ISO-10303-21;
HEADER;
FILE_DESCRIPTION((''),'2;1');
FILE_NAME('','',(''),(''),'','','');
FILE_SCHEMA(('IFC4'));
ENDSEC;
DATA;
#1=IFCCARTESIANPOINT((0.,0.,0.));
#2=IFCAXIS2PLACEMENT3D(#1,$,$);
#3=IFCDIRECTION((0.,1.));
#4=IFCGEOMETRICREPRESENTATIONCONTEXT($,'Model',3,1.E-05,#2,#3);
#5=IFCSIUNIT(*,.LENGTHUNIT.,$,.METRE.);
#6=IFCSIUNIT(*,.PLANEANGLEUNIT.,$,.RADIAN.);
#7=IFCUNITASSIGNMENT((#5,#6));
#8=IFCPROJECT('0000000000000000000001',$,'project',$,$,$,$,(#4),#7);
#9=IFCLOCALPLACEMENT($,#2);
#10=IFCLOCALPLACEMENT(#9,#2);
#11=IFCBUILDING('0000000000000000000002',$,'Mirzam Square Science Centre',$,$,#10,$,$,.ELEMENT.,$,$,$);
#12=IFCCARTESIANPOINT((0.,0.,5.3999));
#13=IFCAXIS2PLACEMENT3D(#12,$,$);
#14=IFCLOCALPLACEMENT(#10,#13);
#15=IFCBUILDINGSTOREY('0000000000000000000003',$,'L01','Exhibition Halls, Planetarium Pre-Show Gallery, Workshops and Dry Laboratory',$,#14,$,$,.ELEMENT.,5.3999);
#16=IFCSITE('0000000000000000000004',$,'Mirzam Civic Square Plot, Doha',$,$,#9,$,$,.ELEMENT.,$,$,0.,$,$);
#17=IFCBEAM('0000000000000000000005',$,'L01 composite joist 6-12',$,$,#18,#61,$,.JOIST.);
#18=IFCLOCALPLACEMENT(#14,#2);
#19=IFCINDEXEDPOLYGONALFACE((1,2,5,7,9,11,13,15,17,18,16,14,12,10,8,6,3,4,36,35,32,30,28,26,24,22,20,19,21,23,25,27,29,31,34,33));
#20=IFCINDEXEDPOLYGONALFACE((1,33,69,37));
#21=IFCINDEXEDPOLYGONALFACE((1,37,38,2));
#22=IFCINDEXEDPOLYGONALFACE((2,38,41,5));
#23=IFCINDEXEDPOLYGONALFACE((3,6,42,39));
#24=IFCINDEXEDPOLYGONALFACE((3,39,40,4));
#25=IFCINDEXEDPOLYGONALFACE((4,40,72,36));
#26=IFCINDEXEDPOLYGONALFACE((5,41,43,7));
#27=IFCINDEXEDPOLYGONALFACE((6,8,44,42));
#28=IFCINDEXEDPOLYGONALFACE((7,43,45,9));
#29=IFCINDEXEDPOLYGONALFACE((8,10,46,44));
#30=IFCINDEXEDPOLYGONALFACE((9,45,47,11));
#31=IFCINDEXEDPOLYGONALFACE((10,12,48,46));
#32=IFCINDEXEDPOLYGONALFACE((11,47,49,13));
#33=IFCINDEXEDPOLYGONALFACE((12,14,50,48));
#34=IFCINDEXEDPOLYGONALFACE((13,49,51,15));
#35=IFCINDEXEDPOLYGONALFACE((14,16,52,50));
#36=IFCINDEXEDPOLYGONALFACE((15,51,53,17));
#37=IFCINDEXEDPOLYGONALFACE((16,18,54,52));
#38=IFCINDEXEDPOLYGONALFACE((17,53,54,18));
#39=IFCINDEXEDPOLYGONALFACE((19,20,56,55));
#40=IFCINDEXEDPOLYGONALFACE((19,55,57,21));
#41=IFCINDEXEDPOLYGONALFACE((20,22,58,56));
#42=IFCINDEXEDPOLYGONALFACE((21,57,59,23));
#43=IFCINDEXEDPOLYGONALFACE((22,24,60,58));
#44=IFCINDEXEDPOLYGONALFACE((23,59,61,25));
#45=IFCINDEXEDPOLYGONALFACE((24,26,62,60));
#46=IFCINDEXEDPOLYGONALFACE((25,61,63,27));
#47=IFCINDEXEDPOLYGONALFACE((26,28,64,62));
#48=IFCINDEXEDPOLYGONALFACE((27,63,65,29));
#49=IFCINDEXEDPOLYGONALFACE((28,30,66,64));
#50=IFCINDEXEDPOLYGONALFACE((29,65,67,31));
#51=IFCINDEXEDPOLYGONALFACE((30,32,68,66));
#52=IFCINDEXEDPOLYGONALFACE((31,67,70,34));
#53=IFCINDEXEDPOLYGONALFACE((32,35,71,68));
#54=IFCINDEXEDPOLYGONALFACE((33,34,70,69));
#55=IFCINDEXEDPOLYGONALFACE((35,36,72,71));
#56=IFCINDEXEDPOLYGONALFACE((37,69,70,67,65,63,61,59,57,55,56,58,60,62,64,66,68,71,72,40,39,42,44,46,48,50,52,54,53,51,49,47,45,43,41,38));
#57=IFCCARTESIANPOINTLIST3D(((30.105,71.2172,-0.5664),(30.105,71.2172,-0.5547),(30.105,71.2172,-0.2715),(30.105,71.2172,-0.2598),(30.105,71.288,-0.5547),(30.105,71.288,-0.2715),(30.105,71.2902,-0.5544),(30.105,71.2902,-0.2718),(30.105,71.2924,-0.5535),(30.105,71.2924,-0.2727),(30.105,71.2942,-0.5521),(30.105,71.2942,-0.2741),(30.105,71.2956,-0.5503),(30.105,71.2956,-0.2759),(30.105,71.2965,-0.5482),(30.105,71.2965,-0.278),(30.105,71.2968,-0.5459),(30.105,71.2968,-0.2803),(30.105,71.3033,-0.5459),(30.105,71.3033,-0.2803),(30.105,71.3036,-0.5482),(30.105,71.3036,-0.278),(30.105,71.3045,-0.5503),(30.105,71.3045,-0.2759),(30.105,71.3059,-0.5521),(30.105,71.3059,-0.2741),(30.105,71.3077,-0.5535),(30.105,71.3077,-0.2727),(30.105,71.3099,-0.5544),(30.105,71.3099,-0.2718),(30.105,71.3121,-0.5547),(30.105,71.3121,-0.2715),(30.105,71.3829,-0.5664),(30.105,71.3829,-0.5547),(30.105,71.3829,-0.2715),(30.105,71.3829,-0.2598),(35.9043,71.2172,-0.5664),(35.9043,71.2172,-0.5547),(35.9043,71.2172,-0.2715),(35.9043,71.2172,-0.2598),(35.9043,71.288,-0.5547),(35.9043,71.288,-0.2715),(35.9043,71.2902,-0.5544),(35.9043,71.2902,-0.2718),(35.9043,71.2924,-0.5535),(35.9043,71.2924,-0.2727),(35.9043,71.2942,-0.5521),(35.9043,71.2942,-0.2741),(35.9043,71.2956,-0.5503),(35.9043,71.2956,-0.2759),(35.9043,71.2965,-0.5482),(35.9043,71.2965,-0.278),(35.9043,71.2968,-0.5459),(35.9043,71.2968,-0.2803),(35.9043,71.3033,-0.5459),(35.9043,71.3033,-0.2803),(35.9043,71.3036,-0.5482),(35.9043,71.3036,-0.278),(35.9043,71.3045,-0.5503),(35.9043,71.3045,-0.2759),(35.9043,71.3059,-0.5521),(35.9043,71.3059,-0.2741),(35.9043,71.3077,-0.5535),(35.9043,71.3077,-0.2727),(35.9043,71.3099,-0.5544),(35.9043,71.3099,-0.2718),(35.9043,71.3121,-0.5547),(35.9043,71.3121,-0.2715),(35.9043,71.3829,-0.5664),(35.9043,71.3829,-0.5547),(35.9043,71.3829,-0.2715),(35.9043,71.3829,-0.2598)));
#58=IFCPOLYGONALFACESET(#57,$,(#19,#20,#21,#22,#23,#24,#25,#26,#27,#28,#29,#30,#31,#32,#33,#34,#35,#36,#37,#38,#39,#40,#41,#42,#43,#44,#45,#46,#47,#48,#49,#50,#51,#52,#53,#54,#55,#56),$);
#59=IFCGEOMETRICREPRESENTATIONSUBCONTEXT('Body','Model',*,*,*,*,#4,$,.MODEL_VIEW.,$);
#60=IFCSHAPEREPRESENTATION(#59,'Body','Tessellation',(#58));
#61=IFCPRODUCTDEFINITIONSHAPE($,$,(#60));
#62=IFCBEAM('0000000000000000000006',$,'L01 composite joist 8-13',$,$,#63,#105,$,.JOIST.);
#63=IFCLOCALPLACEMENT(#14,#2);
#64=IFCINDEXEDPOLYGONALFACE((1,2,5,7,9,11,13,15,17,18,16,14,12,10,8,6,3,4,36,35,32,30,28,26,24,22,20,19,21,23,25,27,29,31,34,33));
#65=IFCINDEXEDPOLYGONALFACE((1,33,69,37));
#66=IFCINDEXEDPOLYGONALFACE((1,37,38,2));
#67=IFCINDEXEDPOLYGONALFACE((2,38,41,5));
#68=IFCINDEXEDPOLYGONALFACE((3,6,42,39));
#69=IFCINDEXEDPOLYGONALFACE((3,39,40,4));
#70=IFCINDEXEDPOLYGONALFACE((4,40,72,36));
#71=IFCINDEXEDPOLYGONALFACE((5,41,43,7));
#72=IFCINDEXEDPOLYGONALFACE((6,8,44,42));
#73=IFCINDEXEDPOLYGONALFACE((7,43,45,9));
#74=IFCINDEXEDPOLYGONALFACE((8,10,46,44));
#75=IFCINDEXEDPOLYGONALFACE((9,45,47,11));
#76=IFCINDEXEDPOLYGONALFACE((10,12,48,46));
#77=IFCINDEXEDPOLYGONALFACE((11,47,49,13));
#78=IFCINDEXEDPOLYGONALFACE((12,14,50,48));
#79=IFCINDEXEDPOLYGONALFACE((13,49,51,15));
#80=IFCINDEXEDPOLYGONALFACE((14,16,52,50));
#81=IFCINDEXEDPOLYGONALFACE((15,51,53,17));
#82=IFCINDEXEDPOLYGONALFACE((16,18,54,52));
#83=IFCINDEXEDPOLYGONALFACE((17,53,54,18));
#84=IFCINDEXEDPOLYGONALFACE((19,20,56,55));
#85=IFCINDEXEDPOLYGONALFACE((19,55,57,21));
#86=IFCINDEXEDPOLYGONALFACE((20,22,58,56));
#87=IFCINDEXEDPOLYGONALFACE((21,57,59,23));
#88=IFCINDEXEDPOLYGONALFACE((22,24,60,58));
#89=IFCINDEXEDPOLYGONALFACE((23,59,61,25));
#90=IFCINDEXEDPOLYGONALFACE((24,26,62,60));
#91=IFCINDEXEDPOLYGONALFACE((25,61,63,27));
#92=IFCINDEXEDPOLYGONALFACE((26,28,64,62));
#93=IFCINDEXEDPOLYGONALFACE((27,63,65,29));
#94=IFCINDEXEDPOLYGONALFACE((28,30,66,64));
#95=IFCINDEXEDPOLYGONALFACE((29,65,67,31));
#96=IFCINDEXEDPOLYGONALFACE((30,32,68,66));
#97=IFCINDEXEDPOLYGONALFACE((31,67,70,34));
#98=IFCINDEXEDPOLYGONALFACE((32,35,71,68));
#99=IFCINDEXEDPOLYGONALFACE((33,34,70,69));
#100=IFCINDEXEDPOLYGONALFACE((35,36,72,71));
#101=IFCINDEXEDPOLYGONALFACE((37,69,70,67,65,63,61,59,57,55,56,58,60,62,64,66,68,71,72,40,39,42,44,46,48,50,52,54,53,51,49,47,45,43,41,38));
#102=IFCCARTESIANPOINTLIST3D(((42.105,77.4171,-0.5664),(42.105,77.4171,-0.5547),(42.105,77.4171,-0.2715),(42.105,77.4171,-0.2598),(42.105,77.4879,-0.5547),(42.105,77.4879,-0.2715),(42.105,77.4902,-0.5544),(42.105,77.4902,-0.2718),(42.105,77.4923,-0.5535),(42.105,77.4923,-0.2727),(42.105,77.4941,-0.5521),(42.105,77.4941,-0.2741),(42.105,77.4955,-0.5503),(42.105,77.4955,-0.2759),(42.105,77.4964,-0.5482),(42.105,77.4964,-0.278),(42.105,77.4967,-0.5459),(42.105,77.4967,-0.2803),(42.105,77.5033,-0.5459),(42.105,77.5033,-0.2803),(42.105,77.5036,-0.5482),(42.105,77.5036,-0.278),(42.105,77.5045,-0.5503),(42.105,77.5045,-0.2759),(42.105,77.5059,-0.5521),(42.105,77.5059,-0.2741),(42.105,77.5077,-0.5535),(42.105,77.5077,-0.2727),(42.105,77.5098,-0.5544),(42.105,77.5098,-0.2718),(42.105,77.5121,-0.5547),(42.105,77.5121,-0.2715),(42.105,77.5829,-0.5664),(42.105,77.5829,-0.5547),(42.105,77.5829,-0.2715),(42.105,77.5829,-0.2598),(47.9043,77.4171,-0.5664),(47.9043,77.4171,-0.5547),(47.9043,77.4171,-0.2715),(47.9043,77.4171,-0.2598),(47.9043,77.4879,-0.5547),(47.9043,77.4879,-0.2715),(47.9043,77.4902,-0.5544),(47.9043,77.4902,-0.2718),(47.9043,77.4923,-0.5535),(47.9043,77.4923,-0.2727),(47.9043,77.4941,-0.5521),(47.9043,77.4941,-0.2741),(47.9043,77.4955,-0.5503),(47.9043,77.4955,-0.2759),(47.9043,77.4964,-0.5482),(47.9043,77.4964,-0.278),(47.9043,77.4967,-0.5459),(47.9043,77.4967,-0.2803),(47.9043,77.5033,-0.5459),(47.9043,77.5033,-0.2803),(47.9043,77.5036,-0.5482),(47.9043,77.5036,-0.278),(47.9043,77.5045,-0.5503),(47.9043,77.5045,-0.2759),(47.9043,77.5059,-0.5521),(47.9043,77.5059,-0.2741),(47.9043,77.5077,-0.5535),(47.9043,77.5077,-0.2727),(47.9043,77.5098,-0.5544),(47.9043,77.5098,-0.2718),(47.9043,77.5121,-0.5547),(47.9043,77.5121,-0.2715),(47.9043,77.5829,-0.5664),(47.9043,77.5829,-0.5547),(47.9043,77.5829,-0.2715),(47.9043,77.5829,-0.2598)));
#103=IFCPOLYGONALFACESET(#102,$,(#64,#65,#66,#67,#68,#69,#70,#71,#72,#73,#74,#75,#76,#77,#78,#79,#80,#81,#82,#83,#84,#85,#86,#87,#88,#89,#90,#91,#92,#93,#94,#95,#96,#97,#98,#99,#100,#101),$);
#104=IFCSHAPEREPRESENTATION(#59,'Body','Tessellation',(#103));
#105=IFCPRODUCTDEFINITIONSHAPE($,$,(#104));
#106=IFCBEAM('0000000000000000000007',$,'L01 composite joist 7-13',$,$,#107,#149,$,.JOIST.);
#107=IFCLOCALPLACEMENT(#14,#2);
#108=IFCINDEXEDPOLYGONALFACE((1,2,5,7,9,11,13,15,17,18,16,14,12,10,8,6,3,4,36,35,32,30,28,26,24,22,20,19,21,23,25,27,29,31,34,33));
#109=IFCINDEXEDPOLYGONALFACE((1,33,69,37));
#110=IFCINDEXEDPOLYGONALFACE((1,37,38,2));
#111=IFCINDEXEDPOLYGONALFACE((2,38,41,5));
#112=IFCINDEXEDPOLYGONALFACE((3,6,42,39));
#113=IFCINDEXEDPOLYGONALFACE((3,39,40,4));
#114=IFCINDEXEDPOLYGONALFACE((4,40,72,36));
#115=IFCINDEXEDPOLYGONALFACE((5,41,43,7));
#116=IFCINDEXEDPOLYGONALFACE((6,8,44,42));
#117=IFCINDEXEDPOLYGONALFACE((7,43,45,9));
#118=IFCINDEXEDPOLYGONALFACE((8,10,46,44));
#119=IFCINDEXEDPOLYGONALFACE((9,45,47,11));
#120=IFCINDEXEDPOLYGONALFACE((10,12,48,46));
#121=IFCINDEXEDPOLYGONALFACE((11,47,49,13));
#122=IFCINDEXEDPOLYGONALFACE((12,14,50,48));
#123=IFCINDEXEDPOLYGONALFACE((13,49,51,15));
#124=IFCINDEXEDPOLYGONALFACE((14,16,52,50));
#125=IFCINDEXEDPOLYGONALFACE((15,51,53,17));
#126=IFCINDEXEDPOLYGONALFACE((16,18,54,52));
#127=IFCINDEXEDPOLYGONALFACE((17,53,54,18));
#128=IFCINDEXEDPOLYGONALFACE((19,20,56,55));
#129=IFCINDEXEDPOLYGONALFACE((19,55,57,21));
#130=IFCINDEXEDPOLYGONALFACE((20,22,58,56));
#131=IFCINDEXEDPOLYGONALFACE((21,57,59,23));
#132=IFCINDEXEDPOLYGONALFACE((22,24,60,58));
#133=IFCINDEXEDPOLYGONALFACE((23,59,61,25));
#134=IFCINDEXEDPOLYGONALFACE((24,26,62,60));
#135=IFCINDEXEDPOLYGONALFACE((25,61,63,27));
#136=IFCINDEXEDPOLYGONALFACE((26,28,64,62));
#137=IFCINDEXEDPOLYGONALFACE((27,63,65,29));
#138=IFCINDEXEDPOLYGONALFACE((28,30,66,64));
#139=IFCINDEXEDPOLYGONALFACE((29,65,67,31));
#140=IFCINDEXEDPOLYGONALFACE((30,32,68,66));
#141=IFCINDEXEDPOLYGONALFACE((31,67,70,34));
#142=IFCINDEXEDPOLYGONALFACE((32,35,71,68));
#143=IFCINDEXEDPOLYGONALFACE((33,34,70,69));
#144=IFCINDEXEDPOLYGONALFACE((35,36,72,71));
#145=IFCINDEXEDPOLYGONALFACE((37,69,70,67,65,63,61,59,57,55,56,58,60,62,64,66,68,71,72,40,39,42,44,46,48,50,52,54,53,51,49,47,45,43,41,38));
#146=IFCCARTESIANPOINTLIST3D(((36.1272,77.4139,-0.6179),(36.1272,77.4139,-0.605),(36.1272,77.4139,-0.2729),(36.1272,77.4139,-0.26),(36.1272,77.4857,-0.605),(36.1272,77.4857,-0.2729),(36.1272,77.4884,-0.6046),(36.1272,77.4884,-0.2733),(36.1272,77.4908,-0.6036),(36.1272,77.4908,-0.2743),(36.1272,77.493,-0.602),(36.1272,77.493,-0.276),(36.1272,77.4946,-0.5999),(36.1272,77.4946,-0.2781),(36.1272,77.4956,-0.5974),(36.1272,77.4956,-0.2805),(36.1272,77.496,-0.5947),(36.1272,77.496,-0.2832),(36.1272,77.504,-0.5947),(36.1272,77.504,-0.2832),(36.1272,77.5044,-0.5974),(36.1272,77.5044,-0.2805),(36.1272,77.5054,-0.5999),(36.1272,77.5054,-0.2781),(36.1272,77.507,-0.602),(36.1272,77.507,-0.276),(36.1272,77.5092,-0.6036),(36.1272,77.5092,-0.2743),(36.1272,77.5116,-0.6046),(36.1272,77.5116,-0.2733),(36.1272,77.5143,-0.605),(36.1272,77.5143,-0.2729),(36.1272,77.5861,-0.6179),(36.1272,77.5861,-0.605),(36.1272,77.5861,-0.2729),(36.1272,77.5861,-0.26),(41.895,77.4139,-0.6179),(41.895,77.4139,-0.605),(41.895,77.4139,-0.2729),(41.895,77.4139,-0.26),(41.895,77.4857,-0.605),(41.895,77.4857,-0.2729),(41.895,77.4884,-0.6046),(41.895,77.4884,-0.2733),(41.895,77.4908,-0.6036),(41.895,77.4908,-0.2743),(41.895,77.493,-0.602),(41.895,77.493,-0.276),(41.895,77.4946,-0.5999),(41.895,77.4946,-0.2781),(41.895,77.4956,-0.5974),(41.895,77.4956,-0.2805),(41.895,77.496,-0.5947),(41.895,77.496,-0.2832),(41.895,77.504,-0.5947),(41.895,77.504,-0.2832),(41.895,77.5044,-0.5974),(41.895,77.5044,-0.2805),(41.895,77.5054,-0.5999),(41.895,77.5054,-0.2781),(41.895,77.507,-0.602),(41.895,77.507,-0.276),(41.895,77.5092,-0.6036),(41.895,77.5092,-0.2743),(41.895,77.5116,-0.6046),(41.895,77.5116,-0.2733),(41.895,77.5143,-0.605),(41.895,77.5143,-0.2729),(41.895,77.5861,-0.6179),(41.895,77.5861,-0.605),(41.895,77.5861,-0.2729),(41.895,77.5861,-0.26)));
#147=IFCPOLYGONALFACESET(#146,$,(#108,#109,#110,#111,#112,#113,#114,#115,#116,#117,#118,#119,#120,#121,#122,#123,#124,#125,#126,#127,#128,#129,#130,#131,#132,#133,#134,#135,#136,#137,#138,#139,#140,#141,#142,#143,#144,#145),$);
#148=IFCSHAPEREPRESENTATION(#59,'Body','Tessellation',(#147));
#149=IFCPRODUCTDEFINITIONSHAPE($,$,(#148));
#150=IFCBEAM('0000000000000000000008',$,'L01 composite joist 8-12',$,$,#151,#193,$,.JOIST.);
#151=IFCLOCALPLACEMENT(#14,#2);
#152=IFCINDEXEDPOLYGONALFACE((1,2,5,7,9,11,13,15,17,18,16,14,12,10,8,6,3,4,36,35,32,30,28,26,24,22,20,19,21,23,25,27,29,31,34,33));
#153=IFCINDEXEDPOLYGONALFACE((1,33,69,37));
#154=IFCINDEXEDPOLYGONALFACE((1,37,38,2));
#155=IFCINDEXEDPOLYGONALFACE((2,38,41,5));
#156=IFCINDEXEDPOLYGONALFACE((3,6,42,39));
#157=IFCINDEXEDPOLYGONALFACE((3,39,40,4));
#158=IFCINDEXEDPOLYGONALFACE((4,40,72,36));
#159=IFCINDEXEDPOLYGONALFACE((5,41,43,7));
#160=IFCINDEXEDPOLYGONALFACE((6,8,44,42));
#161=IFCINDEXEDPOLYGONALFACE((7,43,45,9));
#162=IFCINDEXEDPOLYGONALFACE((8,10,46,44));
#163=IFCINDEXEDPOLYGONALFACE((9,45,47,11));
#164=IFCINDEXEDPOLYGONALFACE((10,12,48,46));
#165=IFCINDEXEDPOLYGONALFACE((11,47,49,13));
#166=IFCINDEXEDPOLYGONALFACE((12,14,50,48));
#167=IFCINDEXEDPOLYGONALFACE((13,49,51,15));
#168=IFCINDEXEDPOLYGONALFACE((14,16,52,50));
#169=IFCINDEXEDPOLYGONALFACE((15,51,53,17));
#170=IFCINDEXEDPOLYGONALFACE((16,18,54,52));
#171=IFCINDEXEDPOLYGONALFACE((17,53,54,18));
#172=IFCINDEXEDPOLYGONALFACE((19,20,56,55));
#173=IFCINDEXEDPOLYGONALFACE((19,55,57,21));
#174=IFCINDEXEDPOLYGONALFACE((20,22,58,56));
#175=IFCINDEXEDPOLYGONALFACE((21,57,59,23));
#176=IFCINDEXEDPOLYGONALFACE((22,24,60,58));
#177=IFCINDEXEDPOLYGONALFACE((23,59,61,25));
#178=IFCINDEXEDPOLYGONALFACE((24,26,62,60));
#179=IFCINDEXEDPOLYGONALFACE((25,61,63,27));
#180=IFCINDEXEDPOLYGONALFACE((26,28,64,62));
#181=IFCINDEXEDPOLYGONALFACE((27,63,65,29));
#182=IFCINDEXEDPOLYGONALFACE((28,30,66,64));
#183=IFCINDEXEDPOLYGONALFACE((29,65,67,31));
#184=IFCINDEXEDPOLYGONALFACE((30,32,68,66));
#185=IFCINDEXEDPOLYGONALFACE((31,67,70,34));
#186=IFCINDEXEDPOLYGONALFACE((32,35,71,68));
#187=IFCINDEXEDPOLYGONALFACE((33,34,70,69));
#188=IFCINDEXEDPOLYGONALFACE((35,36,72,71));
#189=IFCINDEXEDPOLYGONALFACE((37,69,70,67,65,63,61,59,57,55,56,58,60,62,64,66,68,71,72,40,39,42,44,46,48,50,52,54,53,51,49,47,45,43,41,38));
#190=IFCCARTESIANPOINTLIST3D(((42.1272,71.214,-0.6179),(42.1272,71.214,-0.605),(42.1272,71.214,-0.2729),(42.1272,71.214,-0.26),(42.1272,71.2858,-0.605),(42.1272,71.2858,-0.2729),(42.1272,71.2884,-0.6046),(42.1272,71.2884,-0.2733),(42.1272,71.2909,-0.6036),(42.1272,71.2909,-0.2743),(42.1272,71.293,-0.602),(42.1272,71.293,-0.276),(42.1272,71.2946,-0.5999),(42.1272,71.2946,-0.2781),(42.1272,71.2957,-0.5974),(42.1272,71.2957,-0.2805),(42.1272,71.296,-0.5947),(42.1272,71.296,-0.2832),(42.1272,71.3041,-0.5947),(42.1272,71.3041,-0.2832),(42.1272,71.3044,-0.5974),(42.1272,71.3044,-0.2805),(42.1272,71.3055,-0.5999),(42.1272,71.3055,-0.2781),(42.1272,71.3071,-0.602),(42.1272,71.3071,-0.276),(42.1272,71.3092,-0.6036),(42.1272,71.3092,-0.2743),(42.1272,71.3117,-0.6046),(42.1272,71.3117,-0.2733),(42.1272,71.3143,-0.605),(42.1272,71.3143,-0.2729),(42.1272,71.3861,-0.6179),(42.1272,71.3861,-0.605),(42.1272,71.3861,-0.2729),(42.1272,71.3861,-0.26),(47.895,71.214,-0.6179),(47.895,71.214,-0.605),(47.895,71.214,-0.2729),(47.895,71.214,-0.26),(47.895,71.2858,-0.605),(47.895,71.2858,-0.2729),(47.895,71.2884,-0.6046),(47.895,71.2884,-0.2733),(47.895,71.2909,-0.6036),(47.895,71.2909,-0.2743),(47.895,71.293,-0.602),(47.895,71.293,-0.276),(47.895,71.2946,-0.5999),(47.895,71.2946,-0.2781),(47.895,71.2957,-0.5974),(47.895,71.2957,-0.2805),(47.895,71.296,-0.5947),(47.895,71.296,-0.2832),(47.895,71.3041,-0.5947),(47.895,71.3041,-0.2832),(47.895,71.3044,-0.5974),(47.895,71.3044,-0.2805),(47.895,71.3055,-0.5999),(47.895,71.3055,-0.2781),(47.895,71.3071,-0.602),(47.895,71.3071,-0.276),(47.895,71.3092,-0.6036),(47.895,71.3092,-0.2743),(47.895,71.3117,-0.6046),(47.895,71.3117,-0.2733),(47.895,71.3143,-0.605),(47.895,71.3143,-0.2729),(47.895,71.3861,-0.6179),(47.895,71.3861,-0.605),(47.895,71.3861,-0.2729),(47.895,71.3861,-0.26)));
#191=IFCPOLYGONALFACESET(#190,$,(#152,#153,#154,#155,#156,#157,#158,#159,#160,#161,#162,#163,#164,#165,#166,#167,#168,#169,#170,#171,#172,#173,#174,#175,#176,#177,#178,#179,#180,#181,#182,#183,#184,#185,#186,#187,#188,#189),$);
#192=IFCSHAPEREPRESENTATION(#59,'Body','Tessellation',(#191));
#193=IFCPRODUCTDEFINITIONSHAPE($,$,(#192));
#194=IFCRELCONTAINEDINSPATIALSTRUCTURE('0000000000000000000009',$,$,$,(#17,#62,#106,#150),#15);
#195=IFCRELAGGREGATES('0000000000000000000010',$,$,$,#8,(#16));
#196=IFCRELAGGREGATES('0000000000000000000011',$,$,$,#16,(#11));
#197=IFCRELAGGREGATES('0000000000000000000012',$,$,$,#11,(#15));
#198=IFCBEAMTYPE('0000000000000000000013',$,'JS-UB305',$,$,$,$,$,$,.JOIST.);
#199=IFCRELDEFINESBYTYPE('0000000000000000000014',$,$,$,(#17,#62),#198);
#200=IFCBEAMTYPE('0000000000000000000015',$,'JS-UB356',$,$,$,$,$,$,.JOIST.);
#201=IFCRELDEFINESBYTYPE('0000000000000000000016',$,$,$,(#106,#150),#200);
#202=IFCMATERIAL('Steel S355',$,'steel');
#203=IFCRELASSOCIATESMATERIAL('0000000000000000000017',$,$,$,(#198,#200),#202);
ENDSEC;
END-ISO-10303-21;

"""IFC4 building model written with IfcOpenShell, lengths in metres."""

from ifc_helpers import new_model, si_unit, direction, frame, origin, origin_2d, place, context, subcontext, project, spatial, i_section, extrude, material, material_profile, profile_set, type_object, element, save


model = new_model("IFC4")

# Units and contexts
model_context = context("Model", 3, precision=1e-05, world=origin(), true_north=direction((0.0, 1.0)))
body_context = subcontext(model_context, "Body", "Model", "MODEL_VIEW")
ifc_project = project(units=[si_unit("LENGTHUNIT", "METRE"), si_unit("PLANEANGLEUNIT", "RADIAN")], contexts=[model_context])

# Site, building, storey
site_placement = place(None, origin())
site = spatial("IfcSite", under=ifc_project, at=site_placement, Name="Mirzam Civic Square Plot, Doha", CompositionType="ELEMENT", RefElevation=0.0)
building_placement = place(site_placement, origin())
building = spatial("IfcBuilding", under=site, at=building_placement, Name="Mirzam Square Science Centre", CompositionType="ELEMENT")
storey_placement = place(building_placement, frame((0.0, 0.0, 5.3999)))
storey = spatial("IfcBuildingStorey", under=building, at=storey_placement, Name="L01", Description="Exhibition Halls, Planetarium Pre-Show Gallery, Workshops and Dry Laboratory", CompositionType="ELEMENT", Elevation=5.3999)

# Shared definitions
ifc_material_1 = material(Name="Steel S355", Category="steel")

# Beams
ifc_material_profile_1 = material_profile(ifc_material_1, i_section(OverallWidth=0.1658, OverallDepth=0.3066, WebThickness=0.0066, FlangeThickness=0.0117, FilletRadius=0.0088, at=origin_2d()), Name="305x165x46UB")
ifc_profile_set_1 = profile_set([ifc_material_profile_1], Name="Steel S355")
beam_type_1 = type_object("IfcBeamType", Name="JS-UB305", PredefinedType="JOIST", material=ifc_profile_set_1)
for number, where, z_axis, x_axis, name in (
    (1, (30.105, 71.3, -0.4131), (1.0, 0.0, 0.0), (0.0, 1.0, 0.0), "L01 composite joist 6-12"),
    (2, (42.105, 77.5, -0.4131), (1.0, 0.0, 0.0), (0.0, 1.0, 0.0), "L01 composite joist 8-13"),
):
    element("IfcBeam", number, at=place(storey_placement, frame(where, z_axis=z_axis, x_axis=x_axis)), inside=storey, type_object=beam_type_1, Name=name, PredefinedType="JOIST", context=body_context, shape_type="SweptSolid", body=[
        extrude(i_section(OverallWidth=0.1658, OverallDepth=0.3066, WebThickness=0.0066, FlangeThickness=0.0117, FilletRadius=0.0088, at=origin_2d()), origin(), (0.0, 0.0, 1.0), 5.7993),
    ])
ifc_material_profile_2 = material_profile(ifc_material_1, i_section(OverallWidth=0.1721, OverallDepth=0.3579, WebThickness=0.0081, FlangeThickness=0.0129, FilletRadius=0.0103, at=origin_2d()), Name="356x171x57UB")
ifc_profile_set_2 = profile_set([ifc_material_profile_2], Name="Steel S355")
beam_type_2 = type_object("IfcBeamType", Name="JS-UB356", PredefinedType="JOIST", material=ifc_profile_set_2)
for number, where, z_axis, x_axis, name in (
    (3, (36.1272, 77.5, -0.439), (1.0, 0.0, 0.0), (0.0, 1.0, 0.0), "L01 composite joist 7-13"),
    (4, (42.1272, 71.3, -0.439), (1.0, 0.0, 0.0), (0.0, 1.0, 0.0), "L01 composite joist 8-12"),
):
    element("IfcBeam", number, at=place(storey_placement, frame(where, z_axis=z_axis, x_axis=x_axis)), inside=storey, type_object=beam_type_2, Name=name, PredefinedType="JOIST", context=body_context, shape_type="SweptSolid", body=[
        extrude(i_section(OverallWidth=0.1721, OverallDepth=0.3579, WebThickness=0.0081, FlangeThickness=0.0129, FilletRadius=0.0103, at=origin_2d()), origin(), (0.0, 0.0, 1.0), 5.7678),
    ])

save(model, "model.ifc")
